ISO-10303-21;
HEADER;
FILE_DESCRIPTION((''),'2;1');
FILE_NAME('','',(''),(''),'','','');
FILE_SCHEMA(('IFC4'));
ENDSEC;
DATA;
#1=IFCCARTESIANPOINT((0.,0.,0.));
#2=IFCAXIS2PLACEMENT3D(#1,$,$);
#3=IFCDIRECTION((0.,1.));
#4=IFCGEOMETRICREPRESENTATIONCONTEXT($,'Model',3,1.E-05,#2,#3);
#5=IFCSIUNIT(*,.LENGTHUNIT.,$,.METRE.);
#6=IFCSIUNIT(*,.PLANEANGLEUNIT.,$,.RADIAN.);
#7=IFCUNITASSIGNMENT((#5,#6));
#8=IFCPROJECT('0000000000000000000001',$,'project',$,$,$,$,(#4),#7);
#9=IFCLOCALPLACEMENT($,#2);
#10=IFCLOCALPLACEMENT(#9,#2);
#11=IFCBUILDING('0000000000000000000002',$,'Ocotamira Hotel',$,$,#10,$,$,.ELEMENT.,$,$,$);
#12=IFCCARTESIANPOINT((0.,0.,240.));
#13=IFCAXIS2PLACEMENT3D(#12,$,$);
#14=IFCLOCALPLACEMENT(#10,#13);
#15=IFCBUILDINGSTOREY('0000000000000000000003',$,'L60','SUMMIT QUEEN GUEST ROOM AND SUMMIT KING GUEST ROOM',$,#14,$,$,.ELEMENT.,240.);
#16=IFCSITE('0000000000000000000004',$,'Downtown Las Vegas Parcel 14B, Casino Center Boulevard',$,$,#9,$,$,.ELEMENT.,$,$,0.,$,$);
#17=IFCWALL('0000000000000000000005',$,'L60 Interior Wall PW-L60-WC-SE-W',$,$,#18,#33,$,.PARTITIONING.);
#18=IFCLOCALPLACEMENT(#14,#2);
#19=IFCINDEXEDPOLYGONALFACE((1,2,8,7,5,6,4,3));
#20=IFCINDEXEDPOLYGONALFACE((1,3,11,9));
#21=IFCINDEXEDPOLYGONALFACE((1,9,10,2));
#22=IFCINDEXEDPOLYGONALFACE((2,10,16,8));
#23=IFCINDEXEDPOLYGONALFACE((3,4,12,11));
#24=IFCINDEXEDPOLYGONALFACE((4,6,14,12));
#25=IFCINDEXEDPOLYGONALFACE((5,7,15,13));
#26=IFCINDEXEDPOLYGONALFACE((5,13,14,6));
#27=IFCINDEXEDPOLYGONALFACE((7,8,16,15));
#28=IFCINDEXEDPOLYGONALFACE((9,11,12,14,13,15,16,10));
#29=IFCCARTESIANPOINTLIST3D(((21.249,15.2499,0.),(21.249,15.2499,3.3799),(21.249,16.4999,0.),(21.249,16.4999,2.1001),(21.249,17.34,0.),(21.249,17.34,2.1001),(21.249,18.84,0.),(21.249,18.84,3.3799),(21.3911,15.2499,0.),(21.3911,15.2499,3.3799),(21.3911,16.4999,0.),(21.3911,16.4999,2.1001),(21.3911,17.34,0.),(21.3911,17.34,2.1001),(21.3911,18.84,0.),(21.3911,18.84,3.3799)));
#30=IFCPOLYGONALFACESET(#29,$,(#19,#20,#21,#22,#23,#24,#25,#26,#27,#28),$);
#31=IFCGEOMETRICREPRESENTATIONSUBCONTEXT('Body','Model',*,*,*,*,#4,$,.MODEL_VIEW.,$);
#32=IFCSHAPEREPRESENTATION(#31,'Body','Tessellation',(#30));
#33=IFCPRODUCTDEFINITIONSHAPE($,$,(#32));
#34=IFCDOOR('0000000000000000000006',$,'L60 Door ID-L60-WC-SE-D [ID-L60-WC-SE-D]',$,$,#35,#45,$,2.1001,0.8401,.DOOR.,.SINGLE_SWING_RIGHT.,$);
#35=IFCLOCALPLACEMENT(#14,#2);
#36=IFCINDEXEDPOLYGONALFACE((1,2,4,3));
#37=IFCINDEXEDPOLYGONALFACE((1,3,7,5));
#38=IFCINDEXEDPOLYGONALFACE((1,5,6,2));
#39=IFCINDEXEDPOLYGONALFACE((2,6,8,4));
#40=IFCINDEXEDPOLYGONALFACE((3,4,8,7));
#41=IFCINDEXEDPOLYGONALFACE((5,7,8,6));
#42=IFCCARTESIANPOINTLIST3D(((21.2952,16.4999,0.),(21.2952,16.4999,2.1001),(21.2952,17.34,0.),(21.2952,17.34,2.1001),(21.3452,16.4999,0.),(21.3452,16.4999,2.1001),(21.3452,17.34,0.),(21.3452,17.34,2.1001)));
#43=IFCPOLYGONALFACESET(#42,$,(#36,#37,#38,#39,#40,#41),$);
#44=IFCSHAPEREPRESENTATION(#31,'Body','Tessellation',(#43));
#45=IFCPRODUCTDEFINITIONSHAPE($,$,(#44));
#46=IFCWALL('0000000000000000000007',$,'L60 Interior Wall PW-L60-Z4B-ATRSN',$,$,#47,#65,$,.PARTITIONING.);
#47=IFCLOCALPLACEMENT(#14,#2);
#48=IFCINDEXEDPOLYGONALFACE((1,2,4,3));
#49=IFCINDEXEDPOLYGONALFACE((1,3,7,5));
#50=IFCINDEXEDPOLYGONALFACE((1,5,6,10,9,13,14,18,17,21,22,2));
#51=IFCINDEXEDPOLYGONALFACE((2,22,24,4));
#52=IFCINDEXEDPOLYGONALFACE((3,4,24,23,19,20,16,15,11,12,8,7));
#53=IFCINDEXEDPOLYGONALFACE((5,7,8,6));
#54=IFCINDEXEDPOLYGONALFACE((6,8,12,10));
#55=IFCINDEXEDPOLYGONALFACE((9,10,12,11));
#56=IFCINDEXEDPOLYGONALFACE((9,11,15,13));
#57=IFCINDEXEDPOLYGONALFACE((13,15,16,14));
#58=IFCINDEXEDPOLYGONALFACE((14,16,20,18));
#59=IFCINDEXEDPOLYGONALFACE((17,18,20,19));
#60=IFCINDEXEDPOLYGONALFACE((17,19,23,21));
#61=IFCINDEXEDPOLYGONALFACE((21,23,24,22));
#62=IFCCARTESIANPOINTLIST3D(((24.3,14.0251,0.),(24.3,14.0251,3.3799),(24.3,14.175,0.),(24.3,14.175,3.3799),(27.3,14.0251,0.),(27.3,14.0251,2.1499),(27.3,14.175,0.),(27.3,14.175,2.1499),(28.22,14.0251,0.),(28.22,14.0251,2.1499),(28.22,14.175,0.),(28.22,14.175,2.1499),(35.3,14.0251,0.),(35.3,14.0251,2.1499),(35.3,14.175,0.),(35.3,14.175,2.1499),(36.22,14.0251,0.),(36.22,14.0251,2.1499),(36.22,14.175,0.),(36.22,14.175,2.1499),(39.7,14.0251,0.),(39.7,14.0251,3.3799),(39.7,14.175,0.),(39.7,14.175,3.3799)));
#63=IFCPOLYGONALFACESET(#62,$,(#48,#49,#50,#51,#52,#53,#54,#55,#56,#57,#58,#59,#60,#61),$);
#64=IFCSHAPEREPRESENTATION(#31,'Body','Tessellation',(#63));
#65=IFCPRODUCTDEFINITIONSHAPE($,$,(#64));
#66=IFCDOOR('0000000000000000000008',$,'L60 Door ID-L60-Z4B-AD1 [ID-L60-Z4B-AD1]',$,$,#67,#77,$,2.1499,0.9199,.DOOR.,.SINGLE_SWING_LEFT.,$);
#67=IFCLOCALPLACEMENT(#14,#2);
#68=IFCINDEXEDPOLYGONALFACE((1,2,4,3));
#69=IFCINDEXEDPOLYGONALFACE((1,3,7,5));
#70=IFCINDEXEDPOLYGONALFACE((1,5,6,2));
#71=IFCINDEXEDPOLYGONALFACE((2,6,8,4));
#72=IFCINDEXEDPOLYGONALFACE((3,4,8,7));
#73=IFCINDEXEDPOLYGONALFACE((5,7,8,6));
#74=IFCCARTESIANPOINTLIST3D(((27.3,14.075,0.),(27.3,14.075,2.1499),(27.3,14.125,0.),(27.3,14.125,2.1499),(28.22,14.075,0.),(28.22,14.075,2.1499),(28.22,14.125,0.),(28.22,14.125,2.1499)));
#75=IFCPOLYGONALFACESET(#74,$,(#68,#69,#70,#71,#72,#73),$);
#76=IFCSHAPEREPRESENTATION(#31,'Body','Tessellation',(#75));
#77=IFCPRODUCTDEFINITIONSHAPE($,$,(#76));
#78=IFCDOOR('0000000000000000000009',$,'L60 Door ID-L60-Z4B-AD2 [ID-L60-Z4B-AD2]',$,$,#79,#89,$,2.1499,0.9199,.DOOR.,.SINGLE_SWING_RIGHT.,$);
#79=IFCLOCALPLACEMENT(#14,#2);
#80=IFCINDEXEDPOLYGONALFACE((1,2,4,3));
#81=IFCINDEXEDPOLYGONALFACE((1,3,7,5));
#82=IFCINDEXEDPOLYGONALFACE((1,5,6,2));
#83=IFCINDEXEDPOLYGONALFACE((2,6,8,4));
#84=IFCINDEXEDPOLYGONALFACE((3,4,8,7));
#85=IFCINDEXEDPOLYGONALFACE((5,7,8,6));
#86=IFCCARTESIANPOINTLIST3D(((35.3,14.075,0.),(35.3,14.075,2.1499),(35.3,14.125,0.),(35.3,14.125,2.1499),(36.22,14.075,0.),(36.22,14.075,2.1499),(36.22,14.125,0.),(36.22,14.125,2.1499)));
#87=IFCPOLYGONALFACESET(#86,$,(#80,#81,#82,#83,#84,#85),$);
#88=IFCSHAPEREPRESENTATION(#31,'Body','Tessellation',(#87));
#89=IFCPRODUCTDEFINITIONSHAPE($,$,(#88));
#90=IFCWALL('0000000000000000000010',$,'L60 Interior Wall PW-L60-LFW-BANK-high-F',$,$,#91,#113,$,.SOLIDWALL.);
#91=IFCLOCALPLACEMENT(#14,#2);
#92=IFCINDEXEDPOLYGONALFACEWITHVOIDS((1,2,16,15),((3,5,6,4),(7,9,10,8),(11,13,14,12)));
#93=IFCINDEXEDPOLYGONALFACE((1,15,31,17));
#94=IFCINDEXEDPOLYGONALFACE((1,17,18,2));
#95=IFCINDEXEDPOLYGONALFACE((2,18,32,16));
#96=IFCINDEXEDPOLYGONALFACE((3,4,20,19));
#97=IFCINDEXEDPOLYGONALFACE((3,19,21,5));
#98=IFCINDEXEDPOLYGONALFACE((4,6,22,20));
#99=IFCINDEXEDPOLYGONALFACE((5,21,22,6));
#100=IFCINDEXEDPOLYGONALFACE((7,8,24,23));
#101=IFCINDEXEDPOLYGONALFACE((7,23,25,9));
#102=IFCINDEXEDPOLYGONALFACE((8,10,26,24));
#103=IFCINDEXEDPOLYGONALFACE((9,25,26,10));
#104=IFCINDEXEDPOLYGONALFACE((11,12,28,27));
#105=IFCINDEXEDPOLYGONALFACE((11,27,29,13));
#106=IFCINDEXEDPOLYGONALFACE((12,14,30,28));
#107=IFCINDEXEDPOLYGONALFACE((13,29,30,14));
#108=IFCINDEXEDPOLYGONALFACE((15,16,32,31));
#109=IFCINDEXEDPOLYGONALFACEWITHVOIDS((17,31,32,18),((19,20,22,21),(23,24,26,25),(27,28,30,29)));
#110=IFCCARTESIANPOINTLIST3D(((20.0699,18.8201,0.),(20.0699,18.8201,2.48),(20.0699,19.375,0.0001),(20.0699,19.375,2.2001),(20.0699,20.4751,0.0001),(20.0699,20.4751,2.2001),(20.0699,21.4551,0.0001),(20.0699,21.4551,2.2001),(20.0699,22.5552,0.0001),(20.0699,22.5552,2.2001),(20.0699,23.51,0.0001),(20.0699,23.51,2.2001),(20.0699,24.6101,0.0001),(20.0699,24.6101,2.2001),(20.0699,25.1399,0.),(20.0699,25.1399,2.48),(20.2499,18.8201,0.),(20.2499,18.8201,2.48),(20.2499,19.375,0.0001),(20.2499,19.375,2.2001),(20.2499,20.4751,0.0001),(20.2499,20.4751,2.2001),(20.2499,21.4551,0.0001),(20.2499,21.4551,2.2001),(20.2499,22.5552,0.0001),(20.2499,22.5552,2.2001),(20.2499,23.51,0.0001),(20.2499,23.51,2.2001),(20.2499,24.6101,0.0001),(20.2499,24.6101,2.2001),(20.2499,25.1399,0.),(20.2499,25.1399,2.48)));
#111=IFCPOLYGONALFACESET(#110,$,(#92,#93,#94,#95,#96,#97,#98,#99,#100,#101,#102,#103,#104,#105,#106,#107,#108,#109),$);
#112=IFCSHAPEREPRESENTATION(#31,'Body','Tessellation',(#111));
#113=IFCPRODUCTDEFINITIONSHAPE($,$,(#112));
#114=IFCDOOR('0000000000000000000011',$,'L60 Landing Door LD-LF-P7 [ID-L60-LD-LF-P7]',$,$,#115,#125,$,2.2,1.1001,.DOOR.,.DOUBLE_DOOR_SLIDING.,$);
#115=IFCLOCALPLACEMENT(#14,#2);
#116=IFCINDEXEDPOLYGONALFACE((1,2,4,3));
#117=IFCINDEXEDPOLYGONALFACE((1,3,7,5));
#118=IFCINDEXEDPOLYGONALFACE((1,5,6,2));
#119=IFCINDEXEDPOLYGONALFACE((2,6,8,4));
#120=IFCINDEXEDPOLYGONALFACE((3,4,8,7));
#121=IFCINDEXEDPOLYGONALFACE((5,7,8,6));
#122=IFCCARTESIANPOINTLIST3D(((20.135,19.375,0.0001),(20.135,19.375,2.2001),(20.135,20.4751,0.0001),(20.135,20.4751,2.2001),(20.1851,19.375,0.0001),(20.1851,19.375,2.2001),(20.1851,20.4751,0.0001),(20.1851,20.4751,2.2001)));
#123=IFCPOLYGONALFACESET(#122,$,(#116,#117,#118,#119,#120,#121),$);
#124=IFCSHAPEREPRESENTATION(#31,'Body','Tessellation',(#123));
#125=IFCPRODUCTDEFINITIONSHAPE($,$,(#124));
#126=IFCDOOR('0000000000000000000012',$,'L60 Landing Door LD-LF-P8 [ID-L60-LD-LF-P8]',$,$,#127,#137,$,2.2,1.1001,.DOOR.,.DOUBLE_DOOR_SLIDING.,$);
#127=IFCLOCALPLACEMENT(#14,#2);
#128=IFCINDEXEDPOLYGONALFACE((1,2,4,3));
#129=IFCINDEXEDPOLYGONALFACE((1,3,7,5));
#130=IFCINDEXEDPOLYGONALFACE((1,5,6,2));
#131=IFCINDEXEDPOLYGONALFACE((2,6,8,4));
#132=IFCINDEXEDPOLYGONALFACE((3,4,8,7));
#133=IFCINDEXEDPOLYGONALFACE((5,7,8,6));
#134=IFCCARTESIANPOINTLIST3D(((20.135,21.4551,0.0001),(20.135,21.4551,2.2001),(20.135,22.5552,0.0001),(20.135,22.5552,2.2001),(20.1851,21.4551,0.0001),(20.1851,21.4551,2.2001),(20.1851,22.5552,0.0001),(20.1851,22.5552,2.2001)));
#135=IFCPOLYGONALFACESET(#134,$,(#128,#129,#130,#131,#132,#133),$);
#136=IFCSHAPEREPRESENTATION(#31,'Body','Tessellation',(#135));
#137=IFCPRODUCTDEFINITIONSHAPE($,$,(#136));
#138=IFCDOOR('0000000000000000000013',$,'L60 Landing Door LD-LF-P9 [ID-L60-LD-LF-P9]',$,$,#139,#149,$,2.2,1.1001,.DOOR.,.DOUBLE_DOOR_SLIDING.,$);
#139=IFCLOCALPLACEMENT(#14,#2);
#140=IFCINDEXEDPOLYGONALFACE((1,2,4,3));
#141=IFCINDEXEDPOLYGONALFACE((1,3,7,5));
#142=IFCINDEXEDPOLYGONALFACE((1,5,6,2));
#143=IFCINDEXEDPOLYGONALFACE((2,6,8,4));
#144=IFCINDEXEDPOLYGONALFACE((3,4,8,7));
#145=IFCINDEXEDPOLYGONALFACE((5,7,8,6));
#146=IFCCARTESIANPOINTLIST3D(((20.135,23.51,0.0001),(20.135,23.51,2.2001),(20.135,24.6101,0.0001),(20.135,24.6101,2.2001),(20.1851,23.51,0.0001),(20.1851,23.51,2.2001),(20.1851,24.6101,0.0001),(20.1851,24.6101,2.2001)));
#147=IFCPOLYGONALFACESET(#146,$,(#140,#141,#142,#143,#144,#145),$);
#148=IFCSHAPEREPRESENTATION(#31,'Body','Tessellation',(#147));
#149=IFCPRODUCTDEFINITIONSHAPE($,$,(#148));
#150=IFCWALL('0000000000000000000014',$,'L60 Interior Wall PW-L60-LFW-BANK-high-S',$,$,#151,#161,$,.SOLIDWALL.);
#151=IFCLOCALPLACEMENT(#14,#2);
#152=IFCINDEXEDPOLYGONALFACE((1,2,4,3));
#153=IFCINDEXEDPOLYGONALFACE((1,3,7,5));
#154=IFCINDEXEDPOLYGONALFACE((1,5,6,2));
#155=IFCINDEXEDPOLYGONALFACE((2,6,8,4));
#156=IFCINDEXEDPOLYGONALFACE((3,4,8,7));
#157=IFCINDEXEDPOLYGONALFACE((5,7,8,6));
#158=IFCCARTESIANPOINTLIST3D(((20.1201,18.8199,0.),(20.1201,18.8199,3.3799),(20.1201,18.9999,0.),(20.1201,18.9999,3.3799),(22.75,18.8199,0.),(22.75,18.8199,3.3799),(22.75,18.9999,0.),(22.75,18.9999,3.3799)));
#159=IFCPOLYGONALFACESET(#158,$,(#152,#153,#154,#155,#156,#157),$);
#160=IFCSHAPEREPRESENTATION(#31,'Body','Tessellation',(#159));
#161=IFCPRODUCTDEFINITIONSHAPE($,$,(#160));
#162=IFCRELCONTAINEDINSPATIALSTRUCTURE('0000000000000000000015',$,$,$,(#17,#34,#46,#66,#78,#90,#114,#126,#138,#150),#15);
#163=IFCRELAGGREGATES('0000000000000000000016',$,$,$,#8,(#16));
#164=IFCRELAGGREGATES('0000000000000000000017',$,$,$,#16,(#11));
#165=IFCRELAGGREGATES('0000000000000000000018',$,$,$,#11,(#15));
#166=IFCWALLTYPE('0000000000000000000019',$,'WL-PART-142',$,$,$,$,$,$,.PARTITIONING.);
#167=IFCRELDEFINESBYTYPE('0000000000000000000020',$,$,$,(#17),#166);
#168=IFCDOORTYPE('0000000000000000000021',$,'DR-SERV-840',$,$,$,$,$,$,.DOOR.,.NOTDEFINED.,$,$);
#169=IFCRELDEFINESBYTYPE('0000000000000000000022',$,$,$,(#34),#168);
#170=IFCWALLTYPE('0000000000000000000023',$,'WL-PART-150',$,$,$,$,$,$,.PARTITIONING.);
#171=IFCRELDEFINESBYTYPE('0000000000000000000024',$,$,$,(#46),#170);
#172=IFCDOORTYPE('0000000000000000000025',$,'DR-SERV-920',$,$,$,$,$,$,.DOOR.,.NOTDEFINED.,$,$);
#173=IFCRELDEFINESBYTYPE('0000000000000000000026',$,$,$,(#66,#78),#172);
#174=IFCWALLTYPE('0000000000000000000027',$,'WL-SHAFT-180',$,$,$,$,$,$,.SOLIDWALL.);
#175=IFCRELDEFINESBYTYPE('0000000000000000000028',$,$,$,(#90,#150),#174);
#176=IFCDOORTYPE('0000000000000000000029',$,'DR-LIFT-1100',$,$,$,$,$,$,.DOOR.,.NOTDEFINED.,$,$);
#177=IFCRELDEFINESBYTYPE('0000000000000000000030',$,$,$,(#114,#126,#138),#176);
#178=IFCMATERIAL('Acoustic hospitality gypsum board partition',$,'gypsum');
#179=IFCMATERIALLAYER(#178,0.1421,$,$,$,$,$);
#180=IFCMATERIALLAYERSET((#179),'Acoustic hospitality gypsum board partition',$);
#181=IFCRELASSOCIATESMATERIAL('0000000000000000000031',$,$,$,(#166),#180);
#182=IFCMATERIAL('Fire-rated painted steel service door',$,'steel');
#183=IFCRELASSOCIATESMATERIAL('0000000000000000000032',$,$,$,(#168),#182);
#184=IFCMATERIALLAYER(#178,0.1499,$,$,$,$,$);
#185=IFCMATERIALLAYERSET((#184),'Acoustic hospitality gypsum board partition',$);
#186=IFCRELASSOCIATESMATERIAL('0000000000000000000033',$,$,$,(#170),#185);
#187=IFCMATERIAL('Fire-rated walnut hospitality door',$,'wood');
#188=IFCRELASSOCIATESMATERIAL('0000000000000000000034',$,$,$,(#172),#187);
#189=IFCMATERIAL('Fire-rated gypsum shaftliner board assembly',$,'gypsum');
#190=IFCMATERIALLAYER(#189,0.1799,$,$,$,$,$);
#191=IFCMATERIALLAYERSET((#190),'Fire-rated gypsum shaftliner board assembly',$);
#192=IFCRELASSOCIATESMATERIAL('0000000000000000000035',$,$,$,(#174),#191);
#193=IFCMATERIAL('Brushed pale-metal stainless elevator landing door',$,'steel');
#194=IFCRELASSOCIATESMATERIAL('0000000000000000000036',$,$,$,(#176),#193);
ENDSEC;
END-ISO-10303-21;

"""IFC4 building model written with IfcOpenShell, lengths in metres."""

from ifc_helpers import new_model, si_unit, direction, frame, frame_2d, origin, place, context, subcontext, project, spatial, rectangle, extrude, source, transform, mapped, material, layer, layer_set, type_object, element, fill, save


model = new_model("IFC4")

# Units and contexts
model_context = context("Model", 3, precision=1e-05, world=origin(), true_north=direction((0.0, 1.0)))
body_context = subcontext(model_context, "Body", "Model", "MODEL_VIEW")
ifc_project = project(units=[si_unit("LENGTHUNIT", "METRE"), si_unit("PLANEANGLEUNIT", "RADIAN")], contexts=[model_context])

# Site, building, storey
site_placement = place(None, origin())
site = spatial("IfcSite", under=ifc_project, at=site_placement, Name="Downtown Las Vegas Parcel 14B, Casino Center Boulevard", CompositionType="ELEMENT", RefElevation=0.0)
building_placement = place(site_placement, origin())
building = spatial("IfcBuilding", under=site, at=building_placement, Name="Ocotamira Hotel", CompositionType="ELEMENT")
storey_placement = place(building_placement, frame((0.0, 0.0, 240.0)))
storey = spatial("IfcBuildingStorey", under=building, at=storey_placement, Name="L60", Description="SUMMIT QUEEN GUEST ROOM AND SUMMIT KING GUEST ROOM", CompositionType="ELEMENT", Elevation=240.0)

# Wall, opening, door
ifc_material_1 = material(Name="Acoustic hospitality gypsum board partition", Category="gypsum")
ifc_layer_1 = layer(ifc_material_1, 0.1421)
ifc_layer_set_1 = layer_set([ifc_layer_1], Name="Acoustic hospitality gypsum board partition")
wall_type_1 = type_object("IfcWallType", Name="WL-PART-142", PredefinedType="PARTITIONING", material=ifc_layer_set_1)
wall_1_placement = place(storey_placement, frame((21.3201, 15.25, 0.0), z_axis=(0.0, 0.0, 1.0), x_axis=(0.0, 1.0, 0.0)))
wall_1 = element("IfcWall", 1, at=wall_1_placement, inside=storey, type_object=wall_type_1, Name="L60 Interior Wall PW-L60-WC-SE-W", PredefinedType="PARTITIONING", context=body_context, shape_type="SweptSolid", body=[
    extrude(rectangle(XDim=3.5901, YDim=0.1421, at=frame_2d((1.7949, 0.0))), origin(), (0.0, 0.0, 1.0), 3.3799),
])
opening_1_placement = place(wall_1_placement, frame((1.25, 0.0, 0.0)))
opening_1 = element("IfcOpeningElement", 2, at=opening_1_placement, cuts=wall_1, PredefinedType="OPENING", context=body_context, shape_type="SweptSolid", body=[
    extrude(rectangle(XDim=0.8401, YDim=2.1001, at=frame_2d((0.4199, 1.05))), frame((0.0, 0.0811, 0.0), z_axis=(0.0, -1.0, 0.0), x_axis=(1.0, 0.0, 0.0)), (0.0, 0.0, 1.0), 0.1621),
])
ifc_material_2 = material(Name="Fire-rated painted steel service door", Category="steel")
door_type_1 = type_object("IfcDoorType", Name="DR-SERV-840", OperationType="NOTDEFINED", PredefinedType="DOOR", material=ifc_material_2)
shared_shape_1 = source(origin(), body_context, "Body", "SweptSolid", [
    extrude(rectangle(XDim=0.8401, YDim=2.1001, at=frame_2d((0.4199, 1.05))), frame((0.0, 0.0249, 0.0), z_axis=(0.0, -1.0, 0.0), x_axis=(1.0, 0.0, 0.0)), (0.0, 0.0, 1.0), 0.05),
])
door_1_placement = place(opening_1_placement, origin())
door_1 = element("IfcDoor", 3, at=door_1_placement, inside=storey, type_object=door_type_1, Name="L60 Door ID-L60-WC-SE-D [ID-L60-WC-SE-D]", OperationType="SINGLE_SWING_RIGHT", OverallHeight=2.1001, OverallWidth=0.8401, PredefinedType="DOOR", context=body_context, shape_type="MappedRepresentation", body=[
    mapped(shared_shape_1, transform((0.0, 0.0, 0.0), scale=1.0)),
])
fill(opening_1, door_1)

# Walls, openings, doors
ifc_layer_2 = layer(ifc_material_1, 0.1499)
ifc_layer_set_2 = layer_set([ifc_layer_2], Name="Acoustic hospitality gypsum board partition")
wall_type_2 = type_object("IfcWallType", Name="WL-PART-150", PredefinedType="PARTITIONING", material=ifc_layer_set_2)
wall_2_placement = place(storey_placement, frame((24.3, 14.1001, 0.0), z_axis=(0.0, 0.0, 1.0), x_axis=(1.0, 0.0, 0.0)))
wall_2 = element("IfcWall", 4, at=wall_2_placement, inside=storey, type_object=wall_type_2, Name="L60 Interior Wall PW-L60-Z4B-ATRSN", PredefinedType="PARTITIONING", context=body_context, shape_type="SweptSolid", body=[
    extrude(rectangle(XDim=15.3999, YDim=0.1499, at=frame_2d((7.7, 0.0))), origin(), (0.0, 0.0, 1.0), 3.3799),
])
opening_2_placement = place(wall_2_placement, frame((3.0, 0.0, 0.0)))
opening_2 = element("IfcOpeningElement", 5, at=opening_2_placement, cuts=wall_2, PredefinedType="OPENING", context=body_context, shape_type="SweptSolid", body=[
    extrude(rectangle(XDim=0.9199, YDim=2.1499, at=frame_2d((0.46, 1.075))), frame((0.0, 0.085, 0.0), z_axis=(0.0, -1.0, 0.0), x_axis=(1.0, 0.0, 0.0)), (0.0, 0.0, 1.0), 0.1699),
])
opening_3_placement = place(wall_2_placement, frame((11.0, 0.0, 0.0)))
opening_3 = element("IfcOpeningElement", 6, at=opening_3_placement, cuts=wall_2, PredefinedType="OPENING", context=body_context, shape_type="SweptSolid", body=[
    extrude(rectangle(XDim=0.9199, YDim=2.1499, at=frame_2d((0.46, 1.075))), frame((0.0, 0.085, 0.0), z_axis=(0.0, -1.0, 0.0), x_axis=(1.0, 0.0, 0.0)), (0.0, 0.0, 1.0), 0.1699),
])
ifc_material_3 = material(Name="Fire-rated walnut hospitality door", Category="wood")
door_type_2 = type_object("IfcDoorType", Name="DR-SERV-920", OperationType="NOTDEFINED", PredefinedType="DOOR", material=ifc_material_3)
shared_shape_2 = source(origin(), body_context, "Body", "SweptSolid", [
    extrude(rectangle(XDim=0.9199, YDim=2.1499, at=frame_2d((0.46, 1.075))), frame((0.0, 0.0249, 0.0), z_axis=(0.0, -1.0, 0.0), x_axis=(1.0, 0.0, 0.0)), (0.0, 0.0, 1.0), 0.05),
])
door_2_placement = place(opening_2_placement, origin())
door_2 = element("IfcDoor", 7, at=door_2_placement, inside=storey, type_object=door_type_2, Name="L60 Door ID-L60-Z4B-AD1 [ID-L60-Z4B-AD1]", OperationType="SINGLE_SWING_LEFT", OverallHeight=2.1499, OverallWidth=0.9199, PredefinedType="DOOR", context=body_context, shape_type="MappedRepresentation", body=[
    mapped(shared_shape_2, transform((0.0, 0.0, 0.0), scale=1.0)),
])
fill(opening_2, door_2)
door_3_placement = place(opening_3_placement, origin())
door_3 = element("IfcDoor", 8, at=door_3_placement, inside=storey, type_object=door_type_2, Name="L60 Door ID-L60-Z4B-AD2 [ID-L60-Z4B-AD2]", OperationType="SINGLE_SWING_RIGHT", OverallHeight=2.1499, OverallWidth=0.9199, PredefinedType="DOOR", context=body_context, shape_type="MappedRepresentation", body=[
    mapped(shared_shape_2, transform((0.0, 0.0, 0.0), scale=1.0)),
])
fill(opening_3, door_3)
ifc_material_4 = material(Name="Fire-rated gypsum shaftliner board assembly", Category="gypsum")
ifc_layer_3 = layer(ifc_material_4, 0.1799)
ifc_layer_set_3 = layer_set([ifc_layer_3], Name="Fire-rated gypsum shaftliner board assembly")
wall_type_3 = type_object("IfcWallType", Name="WL-SHAFT-180", PredefinedType="SOLIDWALL", material=ifc_layer_set_3)
wall_3_placement = place(storey_placement, frame((20.1599, 18.8201, 0.0), z_axis=(0.0, 0.0, 1.0), x_axis=(0.0, 1.0, 0.0)))
wall_3 = element("IfcWall", 9, at=wall_3_placement, inside=storey, type_object=wall_type_3, Name="L60 Interior Wall PW-L60-LFW-BANK-high-F", PredefinedType="SOLIDWALL", context=body_context, shape_type="SweptSolid", body=[
    extrude(rectangle(XDim=6.3198, YDim=0.1799, at=frame_2d((3.1599, 0.0))), origin(), (0.0, 0.0, 1.0), 2.48),
])
opening_4_placement = place(wall_3_placement, frame((0.5549, 0.0, 0.0)))
opening_4 = element("IfcOpeningElement", 10, at=opening_4_placement, cuts=wall_3, PredefinedType="OPENING", context=body_context, shape_type="SweptSolid", body=[
    extrude(rectangle(XDim=1.1001, YDim=2.2, at=frame_2d((0.55, 1.1001))), frame((0.0, 0.1001, 0.0), z_axis=(0.0, -1.0, 0.0), x_axis=(1.0, 0.0, 0.0)), (0.0, 0.0, 1.0), 0.2),
])
opening_5_placement = place(wall_3_placement, frame((2.635, 0.0, 0.0)))
opening_5 = element("IfcOpeningElement", 11, at=opening_5_placement, cuts=wall_3, PredefinedType="OPENING", context=body_context, shape_type="SweptSolid", body=[
    extrude(rectangle(XDim=1.1001, YDim=2.2, at=frame_2d((0.55, 1.1001))), frame((0.0, 0.1001, 0.0), z_axis=(0.0, -1.0, 0.0), x_axis=(1.0, 0.0, 0.0)), (0.0, 0.0, 1.0), 0.2),
])
opening_6_placement = place(wall_3_placement, frame((4.6899, 0.0, 0.0)))
opening_6 = element("IfcOpeningElement", 12, at=opening_6_placement, cuts=wall_3, PredefinedType="OPENING", context=body_context, shape_type="SweptSolid", body=[
    extrude(rectangle(XDim=1.1001, YDim=2.2, at=frame_2d((0.55, 1.1001))), frame((0.0, 0.1001, 0.0), z_axis=(0.0, -1.0, 0.0), x_axis=(1.0, 0.0, 0.0)), (0.0, 0.0, 1.0), 0.2),
])
ifc_material_5 = material(Name="Brushed pale-metal stainless elevator landing door", Category="steel")
door_type_3 = type_object("IfcDoorType", Name="DR-LIFT-1100", OperationType="NOTDEFINED", PredefinedType="DOOR", material=ifc_material_5)
shared_shape_3 = source(origin(), body_context, "Body", "SweptSolid", [
    extrude(rectangle(XDim=1.1001, YDim=2.2, at=frame_2d((0.55, 1.1001))), frame((0.0, 0.0249, 0.0), z_axis=(0.0, -1.0, 0.0), x_axis=(1.0, 0.0, 0.0)), (0.0, 0.0, 1.0), 0.05),
])
door_4_placement = place(opening_4_placement, origin())
door_4 = element("IfcDoor", 13, at=door_4_placement, inside=storey, type_object=door_type_3, Name="L60 Landing Door LD-LF-P7 [ID-L60-LD-LF-P7]", OperationType="DOUBLE_DOOR_SLIDING", OverallHeight=2.2, OverallWidth=1.1001, PredefinedType="DOOR", context=body_context, shape_type="MappedRepresentation", body=[
    mapped(shared_shape_3, transform((0.0, 0.0, 0.0), scale=1.0)),
])
fill(opening_4, door_4)
door_5_placement = place(opening_5_placement, origin())
door_5 = element("IfcDoor", 14, at=door_5_placement, inside=storey, type_object=door_type_3, Name="L60 Landing Door LD-LF-P8 [ID-L60-LD-LF-P8]", OperationType="DOUBLE_DOOR_SLIDING", OverallHeight=2.2, OverallWidth=1.1001, PredefinedType="DOOR", context=body_context, shape_type="MappedRepresentation", body=[
    mapped(shared_shape_3, transform((0.0, 0.0, 0.0), scale=1.0)),
])
fill(opening_5, door_5)
door_6_placement = place(opening_6_placement, origin())
door_6 = element("IfcDoor", 15, at=door_6_placement, inside=storey, type_object=door_type_3, Name="L60 Landing Door LD-LF-P9 [ID-L60-LD-LF-P9]", OperationType="DOUBLE_DOOR_SLIDING", OverallHeight=2.2, OverallWidth=1.1001, PredefinedType="DOOR", context=body_context, shape_type="MappedRepresentation", body=[
    mapped(shared_shape_3, transform((0.0, 0.0, 0.0), scale=1.0)),
])
fill(opening_6, door_6)

# Wall
wall_4_placement = place(storey_placement, frame((20.1201, 18.9099, 0.0), z_axis=(0.0, 0.0, 1.0), x_axis=(1.0, 0.0, 0.0)))
element("IfcWall", 16, at=wall_4_placement, inside=storey, type_object=wall_type_3, Name="L60 Interior Wall PW-L60-LFW-BANK-high-S", PredefinedType="SOLIDWALL", context=body_context, shape_type="SweptSolid", body=[
    extrude(rectangle(XDim=2.6299, YDim=0.1799, at=frame_2d((1.3149, 0.0))), origin(), (0.0, 0.0, 1.0), 3.3799),
])

save(model, "model.ifc")
